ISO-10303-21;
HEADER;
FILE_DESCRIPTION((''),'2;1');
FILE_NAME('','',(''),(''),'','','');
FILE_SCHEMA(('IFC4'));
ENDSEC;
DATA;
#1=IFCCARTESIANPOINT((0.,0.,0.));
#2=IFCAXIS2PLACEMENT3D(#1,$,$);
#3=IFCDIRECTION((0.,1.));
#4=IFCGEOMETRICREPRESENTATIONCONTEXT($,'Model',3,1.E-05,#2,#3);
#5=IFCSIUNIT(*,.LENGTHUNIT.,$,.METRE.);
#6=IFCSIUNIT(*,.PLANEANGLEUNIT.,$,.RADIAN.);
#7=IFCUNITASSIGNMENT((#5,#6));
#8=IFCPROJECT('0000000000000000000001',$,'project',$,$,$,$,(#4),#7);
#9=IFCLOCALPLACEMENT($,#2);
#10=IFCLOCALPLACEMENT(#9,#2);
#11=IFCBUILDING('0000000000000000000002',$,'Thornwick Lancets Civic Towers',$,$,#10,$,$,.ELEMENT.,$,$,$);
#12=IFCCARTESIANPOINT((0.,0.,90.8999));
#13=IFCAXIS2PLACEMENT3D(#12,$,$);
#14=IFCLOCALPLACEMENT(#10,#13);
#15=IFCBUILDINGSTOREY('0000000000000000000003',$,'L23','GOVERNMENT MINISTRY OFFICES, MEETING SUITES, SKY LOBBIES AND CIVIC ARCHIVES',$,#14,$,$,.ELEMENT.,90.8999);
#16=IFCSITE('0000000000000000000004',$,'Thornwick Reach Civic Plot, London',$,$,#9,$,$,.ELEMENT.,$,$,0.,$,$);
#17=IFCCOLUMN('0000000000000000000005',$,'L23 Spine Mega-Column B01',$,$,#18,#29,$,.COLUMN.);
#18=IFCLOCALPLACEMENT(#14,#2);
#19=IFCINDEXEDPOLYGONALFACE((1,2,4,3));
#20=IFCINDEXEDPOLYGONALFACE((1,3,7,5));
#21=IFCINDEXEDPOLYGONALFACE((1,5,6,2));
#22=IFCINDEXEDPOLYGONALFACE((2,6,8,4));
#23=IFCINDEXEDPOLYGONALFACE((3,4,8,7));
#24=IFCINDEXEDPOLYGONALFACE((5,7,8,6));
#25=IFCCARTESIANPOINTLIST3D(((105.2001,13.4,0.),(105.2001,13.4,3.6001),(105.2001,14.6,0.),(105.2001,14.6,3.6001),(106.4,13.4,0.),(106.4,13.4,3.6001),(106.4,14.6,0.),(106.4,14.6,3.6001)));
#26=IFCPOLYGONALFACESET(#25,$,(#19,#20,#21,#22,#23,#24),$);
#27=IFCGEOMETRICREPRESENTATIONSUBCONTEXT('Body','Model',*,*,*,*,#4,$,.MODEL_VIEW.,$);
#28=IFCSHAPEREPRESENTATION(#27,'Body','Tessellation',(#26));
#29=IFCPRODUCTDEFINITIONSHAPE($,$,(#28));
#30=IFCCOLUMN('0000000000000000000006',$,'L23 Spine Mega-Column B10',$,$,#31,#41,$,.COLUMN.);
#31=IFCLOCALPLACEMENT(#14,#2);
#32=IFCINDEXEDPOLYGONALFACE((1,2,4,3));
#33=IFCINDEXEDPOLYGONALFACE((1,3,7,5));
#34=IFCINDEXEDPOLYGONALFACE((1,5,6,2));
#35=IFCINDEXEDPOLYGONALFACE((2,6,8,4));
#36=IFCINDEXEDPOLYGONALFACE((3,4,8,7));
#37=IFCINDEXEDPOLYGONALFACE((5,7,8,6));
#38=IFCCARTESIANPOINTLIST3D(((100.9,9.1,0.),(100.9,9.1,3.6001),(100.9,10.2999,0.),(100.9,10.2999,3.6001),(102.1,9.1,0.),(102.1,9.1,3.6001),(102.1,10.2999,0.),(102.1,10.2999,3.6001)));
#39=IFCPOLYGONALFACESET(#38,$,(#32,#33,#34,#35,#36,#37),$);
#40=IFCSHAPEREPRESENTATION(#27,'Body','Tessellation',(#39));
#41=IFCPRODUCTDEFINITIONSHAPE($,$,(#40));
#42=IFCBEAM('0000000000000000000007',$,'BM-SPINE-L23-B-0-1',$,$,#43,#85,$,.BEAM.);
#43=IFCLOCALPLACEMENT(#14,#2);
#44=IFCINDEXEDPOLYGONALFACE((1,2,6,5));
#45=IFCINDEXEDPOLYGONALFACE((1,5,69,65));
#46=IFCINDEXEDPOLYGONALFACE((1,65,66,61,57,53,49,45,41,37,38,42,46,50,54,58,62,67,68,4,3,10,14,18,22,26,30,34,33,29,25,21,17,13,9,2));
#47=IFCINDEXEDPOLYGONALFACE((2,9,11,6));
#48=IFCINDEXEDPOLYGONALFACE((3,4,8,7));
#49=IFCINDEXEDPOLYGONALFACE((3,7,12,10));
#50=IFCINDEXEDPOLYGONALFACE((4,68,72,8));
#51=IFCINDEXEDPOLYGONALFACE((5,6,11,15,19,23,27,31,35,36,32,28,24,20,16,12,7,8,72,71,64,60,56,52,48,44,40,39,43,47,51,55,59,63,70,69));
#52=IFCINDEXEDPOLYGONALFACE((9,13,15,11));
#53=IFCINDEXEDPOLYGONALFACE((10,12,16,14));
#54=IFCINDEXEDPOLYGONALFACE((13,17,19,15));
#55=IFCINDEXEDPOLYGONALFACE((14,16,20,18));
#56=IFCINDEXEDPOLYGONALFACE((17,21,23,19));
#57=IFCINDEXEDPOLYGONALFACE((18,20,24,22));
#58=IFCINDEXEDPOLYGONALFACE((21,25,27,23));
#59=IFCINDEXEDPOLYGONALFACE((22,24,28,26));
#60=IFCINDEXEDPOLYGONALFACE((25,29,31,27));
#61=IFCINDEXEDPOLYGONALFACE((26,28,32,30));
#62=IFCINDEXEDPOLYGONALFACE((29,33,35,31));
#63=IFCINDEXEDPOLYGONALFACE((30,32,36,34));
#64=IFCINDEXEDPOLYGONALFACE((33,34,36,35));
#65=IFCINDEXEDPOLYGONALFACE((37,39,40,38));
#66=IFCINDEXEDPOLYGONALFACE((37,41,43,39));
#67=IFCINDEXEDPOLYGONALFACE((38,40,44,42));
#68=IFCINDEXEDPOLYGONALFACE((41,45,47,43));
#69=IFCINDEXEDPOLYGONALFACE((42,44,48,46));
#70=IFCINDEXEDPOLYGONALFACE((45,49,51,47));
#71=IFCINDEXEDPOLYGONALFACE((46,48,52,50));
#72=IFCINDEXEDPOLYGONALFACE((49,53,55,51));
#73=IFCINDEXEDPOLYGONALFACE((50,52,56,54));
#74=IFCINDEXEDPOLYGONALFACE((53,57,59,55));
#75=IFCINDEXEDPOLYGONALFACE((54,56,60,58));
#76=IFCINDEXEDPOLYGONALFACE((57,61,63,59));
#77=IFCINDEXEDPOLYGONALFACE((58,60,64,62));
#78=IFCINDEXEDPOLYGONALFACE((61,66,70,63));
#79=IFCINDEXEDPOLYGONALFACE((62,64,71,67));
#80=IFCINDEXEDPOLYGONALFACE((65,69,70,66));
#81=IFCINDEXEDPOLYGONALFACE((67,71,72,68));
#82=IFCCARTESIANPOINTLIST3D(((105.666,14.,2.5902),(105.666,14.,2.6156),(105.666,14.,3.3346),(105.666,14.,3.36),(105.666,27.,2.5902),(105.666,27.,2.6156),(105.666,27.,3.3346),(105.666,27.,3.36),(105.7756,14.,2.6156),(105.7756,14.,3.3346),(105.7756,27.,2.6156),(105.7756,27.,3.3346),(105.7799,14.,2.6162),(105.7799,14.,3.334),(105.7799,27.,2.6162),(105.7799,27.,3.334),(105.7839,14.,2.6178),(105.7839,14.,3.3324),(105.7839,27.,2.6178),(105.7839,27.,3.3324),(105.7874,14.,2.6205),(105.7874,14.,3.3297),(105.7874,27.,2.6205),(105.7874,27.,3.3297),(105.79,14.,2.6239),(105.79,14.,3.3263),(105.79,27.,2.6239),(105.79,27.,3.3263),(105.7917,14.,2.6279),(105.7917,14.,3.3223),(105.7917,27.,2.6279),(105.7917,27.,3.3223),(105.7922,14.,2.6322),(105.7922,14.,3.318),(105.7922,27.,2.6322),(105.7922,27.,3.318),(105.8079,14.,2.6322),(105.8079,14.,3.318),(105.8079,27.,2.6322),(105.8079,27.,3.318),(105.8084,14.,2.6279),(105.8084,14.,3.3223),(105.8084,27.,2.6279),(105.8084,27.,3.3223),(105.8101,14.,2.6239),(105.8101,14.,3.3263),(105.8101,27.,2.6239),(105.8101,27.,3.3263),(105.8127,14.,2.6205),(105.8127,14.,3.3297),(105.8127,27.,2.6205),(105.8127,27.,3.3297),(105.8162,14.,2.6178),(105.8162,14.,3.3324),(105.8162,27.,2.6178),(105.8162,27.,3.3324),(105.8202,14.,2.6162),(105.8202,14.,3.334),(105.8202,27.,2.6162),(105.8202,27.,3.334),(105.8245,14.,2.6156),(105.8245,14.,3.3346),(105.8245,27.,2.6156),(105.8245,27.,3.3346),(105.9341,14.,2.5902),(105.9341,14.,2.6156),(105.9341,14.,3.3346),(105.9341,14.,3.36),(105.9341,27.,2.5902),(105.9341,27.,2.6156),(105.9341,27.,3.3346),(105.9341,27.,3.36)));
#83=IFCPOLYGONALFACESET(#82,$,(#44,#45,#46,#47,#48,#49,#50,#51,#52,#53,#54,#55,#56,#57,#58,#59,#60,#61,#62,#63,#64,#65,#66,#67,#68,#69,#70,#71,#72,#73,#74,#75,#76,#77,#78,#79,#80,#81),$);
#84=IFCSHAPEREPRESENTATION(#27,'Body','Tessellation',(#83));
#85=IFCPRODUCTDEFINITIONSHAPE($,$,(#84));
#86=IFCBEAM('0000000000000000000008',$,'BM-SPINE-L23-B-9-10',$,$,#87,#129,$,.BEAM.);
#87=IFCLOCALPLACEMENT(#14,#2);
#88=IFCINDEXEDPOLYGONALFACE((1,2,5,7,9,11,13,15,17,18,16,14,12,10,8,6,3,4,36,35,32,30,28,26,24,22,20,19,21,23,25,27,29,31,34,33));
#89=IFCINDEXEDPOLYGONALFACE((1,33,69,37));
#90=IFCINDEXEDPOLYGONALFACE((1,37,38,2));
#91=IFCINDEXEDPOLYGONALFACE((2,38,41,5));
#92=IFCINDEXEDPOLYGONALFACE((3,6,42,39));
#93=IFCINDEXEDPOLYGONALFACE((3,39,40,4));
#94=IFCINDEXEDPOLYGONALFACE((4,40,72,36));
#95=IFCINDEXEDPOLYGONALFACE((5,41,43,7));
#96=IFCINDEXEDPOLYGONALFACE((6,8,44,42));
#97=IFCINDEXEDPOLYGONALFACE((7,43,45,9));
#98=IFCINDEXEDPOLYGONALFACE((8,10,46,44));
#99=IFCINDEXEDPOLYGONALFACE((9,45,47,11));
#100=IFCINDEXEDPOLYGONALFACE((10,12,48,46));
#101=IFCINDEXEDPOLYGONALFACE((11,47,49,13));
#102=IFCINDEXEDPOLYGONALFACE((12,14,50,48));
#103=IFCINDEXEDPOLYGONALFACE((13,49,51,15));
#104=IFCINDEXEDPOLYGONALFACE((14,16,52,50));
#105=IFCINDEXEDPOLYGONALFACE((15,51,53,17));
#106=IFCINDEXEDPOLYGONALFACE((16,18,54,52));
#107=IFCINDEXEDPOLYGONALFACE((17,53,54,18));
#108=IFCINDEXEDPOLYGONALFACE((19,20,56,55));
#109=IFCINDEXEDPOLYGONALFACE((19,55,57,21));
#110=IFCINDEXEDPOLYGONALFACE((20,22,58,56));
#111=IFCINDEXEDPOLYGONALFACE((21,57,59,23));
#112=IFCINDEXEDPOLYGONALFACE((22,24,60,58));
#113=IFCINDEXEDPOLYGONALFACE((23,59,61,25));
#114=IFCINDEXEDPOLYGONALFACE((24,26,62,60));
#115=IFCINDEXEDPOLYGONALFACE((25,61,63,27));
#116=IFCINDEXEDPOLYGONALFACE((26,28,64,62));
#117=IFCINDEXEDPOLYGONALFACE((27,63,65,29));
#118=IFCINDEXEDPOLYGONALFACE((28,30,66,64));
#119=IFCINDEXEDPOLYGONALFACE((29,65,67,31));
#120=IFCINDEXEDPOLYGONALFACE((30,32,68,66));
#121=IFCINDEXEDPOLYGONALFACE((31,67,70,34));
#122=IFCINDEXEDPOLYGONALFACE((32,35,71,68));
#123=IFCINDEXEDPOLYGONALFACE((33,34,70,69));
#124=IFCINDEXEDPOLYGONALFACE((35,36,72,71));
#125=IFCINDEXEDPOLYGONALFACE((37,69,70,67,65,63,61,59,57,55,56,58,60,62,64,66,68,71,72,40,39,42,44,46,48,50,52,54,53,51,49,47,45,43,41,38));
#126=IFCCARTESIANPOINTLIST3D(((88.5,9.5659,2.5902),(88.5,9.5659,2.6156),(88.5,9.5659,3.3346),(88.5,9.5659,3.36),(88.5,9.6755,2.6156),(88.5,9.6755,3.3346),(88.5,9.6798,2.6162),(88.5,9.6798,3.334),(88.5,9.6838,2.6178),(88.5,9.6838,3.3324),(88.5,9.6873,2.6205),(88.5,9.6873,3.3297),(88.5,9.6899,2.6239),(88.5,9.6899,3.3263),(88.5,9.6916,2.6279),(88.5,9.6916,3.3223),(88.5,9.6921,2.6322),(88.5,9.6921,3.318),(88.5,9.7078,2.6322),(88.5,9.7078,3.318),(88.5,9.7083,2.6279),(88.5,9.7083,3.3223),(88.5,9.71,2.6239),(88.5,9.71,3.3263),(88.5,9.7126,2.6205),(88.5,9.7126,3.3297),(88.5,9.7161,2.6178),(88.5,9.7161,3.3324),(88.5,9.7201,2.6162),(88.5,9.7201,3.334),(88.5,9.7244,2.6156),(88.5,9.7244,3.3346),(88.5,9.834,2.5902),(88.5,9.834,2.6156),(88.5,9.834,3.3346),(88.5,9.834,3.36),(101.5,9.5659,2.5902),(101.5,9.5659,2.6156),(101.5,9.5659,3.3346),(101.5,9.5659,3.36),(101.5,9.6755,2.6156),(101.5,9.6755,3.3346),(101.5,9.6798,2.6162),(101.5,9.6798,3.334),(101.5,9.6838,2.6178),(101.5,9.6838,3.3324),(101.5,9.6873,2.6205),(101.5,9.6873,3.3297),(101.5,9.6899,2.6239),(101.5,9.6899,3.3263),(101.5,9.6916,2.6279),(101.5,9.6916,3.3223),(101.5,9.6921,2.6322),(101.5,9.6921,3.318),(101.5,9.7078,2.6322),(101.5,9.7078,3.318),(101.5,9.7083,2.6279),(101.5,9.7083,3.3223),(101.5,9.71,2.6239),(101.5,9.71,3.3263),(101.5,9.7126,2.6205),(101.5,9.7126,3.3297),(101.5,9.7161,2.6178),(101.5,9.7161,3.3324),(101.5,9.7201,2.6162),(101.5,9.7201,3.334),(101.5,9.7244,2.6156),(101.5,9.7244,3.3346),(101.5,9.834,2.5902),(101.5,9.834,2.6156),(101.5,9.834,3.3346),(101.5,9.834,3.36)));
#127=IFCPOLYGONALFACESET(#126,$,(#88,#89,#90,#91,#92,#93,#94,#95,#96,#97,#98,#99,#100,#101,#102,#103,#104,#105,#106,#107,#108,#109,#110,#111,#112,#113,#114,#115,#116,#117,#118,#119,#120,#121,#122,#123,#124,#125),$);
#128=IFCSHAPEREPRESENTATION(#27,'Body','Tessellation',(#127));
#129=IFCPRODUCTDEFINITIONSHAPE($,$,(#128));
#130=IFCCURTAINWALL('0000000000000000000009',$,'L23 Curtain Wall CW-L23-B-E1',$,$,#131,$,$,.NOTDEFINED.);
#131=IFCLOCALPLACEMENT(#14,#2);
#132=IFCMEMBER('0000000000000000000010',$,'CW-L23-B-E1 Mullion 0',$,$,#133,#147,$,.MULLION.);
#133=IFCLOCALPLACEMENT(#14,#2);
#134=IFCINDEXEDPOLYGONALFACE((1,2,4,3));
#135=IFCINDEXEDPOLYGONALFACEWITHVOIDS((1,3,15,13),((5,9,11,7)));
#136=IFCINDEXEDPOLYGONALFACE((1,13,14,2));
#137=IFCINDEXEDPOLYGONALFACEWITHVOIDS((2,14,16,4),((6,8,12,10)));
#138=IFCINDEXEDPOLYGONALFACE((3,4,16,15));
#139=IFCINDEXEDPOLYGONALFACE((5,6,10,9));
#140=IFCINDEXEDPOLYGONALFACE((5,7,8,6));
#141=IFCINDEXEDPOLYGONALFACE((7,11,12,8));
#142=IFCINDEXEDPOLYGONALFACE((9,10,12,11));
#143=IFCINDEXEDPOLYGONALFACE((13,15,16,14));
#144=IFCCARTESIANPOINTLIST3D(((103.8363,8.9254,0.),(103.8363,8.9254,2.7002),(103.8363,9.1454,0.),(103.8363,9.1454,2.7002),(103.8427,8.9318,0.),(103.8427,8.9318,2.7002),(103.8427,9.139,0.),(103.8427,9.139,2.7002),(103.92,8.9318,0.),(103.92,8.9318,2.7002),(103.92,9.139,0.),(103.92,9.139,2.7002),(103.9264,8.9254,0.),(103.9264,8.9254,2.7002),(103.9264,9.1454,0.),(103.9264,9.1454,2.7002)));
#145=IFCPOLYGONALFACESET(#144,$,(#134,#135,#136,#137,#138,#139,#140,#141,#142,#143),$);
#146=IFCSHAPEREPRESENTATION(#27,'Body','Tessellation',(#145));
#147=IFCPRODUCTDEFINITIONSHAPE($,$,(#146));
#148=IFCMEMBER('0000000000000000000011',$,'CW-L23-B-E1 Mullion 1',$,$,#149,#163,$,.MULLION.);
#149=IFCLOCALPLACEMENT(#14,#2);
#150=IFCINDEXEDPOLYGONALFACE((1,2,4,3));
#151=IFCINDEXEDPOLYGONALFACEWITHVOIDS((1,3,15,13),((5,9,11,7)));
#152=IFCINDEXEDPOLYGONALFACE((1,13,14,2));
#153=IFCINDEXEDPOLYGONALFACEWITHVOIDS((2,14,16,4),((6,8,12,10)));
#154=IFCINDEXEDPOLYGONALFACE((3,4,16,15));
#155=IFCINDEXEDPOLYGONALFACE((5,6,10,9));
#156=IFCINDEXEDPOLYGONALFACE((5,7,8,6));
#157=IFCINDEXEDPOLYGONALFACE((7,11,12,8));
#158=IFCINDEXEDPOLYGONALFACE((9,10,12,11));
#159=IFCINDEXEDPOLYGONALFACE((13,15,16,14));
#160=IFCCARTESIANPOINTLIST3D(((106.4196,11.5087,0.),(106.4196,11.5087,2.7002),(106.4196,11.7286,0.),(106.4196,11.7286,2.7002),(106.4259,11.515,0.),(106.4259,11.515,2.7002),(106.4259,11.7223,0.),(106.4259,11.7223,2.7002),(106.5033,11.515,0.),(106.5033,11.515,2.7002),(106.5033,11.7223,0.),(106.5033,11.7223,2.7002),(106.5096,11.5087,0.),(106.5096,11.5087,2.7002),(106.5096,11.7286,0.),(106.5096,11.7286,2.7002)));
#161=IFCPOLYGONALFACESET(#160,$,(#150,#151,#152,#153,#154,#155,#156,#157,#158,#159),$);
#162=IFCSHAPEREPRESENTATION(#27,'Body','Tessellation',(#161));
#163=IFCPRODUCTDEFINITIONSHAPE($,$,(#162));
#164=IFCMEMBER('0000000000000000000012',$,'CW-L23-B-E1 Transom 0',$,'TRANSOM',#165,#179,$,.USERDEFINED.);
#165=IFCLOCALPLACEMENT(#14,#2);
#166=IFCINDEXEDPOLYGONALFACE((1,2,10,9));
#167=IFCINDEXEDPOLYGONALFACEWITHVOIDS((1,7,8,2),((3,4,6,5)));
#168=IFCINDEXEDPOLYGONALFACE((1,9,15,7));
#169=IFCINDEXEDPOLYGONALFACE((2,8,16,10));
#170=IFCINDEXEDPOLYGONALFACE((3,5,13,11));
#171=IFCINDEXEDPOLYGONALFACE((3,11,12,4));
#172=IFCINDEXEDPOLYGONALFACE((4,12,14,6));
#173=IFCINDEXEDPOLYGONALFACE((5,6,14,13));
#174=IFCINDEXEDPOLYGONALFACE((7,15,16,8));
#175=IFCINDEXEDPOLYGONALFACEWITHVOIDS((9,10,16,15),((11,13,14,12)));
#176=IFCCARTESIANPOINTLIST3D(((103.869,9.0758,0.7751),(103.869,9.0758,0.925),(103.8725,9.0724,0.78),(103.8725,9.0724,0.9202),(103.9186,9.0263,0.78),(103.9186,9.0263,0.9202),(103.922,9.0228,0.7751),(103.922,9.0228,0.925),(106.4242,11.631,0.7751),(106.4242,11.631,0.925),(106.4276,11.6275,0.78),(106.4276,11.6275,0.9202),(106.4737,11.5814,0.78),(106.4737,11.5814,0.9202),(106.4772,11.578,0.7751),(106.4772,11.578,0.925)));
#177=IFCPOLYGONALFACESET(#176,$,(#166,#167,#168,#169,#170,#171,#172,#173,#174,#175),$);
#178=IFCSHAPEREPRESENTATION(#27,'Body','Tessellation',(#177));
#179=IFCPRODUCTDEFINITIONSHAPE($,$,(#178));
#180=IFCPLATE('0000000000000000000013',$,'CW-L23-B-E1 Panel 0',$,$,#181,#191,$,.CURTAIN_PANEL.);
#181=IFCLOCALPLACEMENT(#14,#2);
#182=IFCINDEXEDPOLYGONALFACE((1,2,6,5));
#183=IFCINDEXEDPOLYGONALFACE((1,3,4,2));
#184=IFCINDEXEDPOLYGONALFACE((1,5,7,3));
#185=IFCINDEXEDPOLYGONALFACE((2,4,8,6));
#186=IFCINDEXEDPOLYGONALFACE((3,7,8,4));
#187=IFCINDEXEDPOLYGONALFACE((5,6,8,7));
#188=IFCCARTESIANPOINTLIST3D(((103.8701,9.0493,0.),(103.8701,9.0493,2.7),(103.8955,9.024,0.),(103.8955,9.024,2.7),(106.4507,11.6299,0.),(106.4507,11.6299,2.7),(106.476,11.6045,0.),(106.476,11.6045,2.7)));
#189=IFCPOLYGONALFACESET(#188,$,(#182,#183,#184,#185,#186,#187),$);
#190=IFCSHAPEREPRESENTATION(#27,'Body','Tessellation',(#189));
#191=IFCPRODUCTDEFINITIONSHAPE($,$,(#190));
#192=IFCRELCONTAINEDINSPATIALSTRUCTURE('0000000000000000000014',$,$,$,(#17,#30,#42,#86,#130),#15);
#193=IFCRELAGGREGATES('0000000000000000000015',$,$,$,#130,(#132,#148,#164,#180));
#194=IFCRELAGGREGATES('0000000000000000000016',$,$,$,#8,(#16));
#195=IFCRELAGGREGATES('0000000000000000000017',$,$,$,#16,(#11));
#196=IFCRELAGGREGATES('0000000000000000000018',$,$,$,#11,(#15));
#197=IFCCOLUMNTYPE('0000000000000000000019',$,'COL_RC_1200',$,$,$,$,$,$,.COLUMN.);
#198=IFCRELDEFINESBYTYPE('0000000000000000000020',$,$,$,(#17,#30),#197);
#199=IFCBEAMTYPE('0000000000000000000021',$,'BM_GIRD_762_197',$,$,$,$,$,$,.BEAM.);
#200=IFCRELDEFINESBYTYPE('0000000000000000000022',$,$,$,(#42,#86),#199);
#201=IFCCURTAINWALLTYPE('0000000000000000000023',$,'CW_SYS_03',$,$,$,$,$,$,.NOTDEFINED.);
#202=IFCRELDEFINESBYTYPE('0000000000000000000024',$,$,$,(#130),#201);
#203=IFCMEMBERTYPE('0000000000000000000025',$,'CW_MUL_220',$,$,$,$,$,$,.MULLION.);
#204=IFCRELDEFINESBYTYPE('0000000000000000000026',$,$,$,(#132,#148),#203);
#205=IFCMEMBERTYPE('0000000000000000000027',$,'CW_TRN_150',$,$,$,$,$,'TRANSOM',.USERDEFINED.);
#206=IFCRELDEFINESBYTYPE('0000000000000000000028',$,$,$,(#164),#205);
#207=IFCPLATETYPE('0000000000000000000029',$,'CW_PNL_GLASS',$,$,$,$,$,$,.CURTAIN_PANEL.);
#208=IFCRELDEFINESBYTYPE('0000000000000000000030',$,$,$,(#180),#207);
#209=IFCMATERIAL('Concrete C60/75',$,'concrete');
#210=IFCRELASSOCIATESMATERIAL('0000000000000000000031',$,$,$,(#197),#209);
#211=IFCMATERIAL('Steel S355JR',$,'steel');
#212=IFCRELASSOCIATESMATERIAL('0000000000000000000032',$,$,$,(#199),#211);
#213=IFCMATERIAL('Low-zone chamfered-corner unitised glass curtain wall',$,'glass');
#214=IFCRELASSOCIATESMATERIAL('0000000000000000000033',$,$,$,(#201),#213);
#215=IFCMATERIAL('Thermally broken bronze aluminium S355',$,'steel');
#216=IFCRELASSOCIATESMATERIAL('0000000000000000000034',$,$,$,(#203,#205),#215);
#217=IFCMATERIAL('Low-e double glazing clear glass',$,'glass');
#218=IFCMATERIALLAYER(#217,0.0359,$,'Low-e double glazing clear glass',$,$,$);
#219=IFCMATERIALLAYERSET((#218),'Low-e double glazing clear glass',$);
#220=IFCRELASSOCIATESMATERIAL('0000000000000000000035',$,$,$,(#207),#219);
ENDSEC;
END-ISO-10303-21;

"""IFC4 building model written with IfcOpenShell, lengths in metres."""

from ifc_helpers import new_model, si_unit, direction, frame, origin, origin_2d, place, context, subcontext, project, spatial, rectangle, hollow_rectangle, i_section, extrude, material, layer, layer_set, material_profile, profile_set, type_object, element, aggregate, save


model = new_model("IFC4")

# Units and contexts
model_context = context("Model", 3, precision=1e-05, world=origin(), true_north=direction((0.0, 1.0)))
body_context = subcontext(model_context, "Body", "Model", "MODEL_VIEW")
ifc_project = project(units=[si_unit("LENGTHUNIT", "METRE"), si_unit("PLANEANGLEUNIT", "RADIAN")], contexts=[model_context])

# Site, building, storey
site_placement = place(None, origin())
site = spatial("IfcSite", under=ifc_project, at=site_placement, Name="Thornwick Reach Civic Plot, London", CompositionType="ELEMENT", RefElevation=0.0)
building_placement = place(site_placement, origin())
building = spatial("IfcBuilding", under=site, at=building_placement, Name="Thornwick Lancets Civic Towers", CompositionType="ELEMENT")
storey_placement = place(building_placement, frame((0.0, 0.0, 90.8999)))
storey = spatial("IfcBuildingStorey", under=building, at=storey_placement, Name="L23", Description="GOVERNMENT MINISTRY OFFICES, MEETING SUITES, SKY LOBBIES AND CIVIC ARCHIVES", CompositionType="ELEMENT", Elevation=90.8999)

# Columns
ifc_material_1 = material(Name="Concrete C60/75", Category="concrete")
ifc_material_profile_1 = material_profile(ifc_material_1, rectangle(XDim=1.2, YDim=1.2, at=origin_2d()), Name="RC 1200x1200")
ifc_profile_set_1 = profile_set([ifc_material_profile_1], Name="Concrete C60/75")
column_type = type_object("IfcColumnType", Name="COL_RC_1200", PredefinedType="COLUMN", material=ifc_profile_set_1)
for number, where, z_axis, x_axis, name in (
    (1, (105.8, 14.0, 0.0), (0.0, 0.0, 1.0), (1.0, 0.0, 0.0), "L23 Spine Mega-Column B01"),
    (2, (101.5, 9.7, 0.0), (0.0, 0.0, 1.0), (1.0, 0.0, 0.0), "L23 Spine Mega-Column B10"),
):
    element("IfcColumn", number, at=place(storey_placement, frame(where, z_axis=z_axis, x_axis=x_axis)), inside=storey, type_object=column_type, Name=name, PredefinedType="COLUMN", context=body_context, shape_type="SweptSolid", body=[
        extrude(rectangle(XDim=1.2, YDim=1.2, at=origin_2d()), origin(), (0.0, 0.0, 1.0), 3.6001),
    ])

# Beams
ifc_material_2 = material(Name="Steel S355JR", Category="steel")
ifc_material_profile_2 = material_profile(ifc_material_2, i_section(OverallWidth=0.2681, OverallDepth=0.7698, WebThickness=0.0156, FlangeThickness=0.0254, FilletRadius=0.0166, at=origin_2d()), Name="UKB 762x267x197")
ifc_profile_set_2 = profile_set([ifc_material_profile_2], Name="Steel S355JR")
beam_type = type_object("IfcBeamType", Name="BM_GIRD_762_197", PredefinedType="BEAM", material=ifc_profile_set_2)
for number, where, z_axis, x_axis, name in (
    (3, (105.8, 14.0, 2.9751), (0.0, 1.0, 0.0), (-1.0, 0.0, 0.0), "BM-SPINE-L23-B-0-1"),
    (4, (101.5, 9.7, 2.9751), (-1.0, 0.0, 0.0), (0.0, -1.0, 0.0), "BM-SPINE-L23-B-9-10"),
):
    element("IfcBeam", number, at=place(storey_placement, frame(where, z_axis=z_axis, x_axis=x_axis)), inside=storey, type_object=beam_type, Name=name, PredefinedType="BEAM", context=body_context, shape_type="SweptSolid", body=[
        extrude(i_section(OverallWidth=0.2681, OverallDepth=0.7698, WebThickness=0.0156, FlangeThickness=0.0254, FilletRadius=0.0166, at=origin_2d()), origin(), (0.0, 0.0, 1.0), 13.0),
    ])

# Curtain wall, members, plate
ifc_material_3 = material(Name="Low-zone chamfered-corner unitised glass curtain wall", Category="glass")
curtain_wall_type = type_object("IfcCurtainWallType", Name="CW_SYS_03", PredefinedType="NOTDEFINED", material=ifc_material_3)
curtain_wall_placement = place(storey_placement, origin())
curtain_wall = element("IfcCurtainWall", 5, at=curtain_wall_placement, inside=storey, type_object=curtain_wall_type, Name="L23 Curtain Wall CW-L23-B-E1", PredefinedType="NOTDEFINED")
ifc_material_4 = material(Name="Thermally broken bronze aluminium S355", Category="steel")
ifc_material_profile_3 = material_profile(ifc_material_4, hollow_rectangle(XDim=0.0901, YDim=0.22, WallThickness=0.0063, at=origin_2d()), Name="RHS 220x90x6.3")
ifc_profile_set_3 = profile_set([ifc_material_profile_3], Name="Thermally broken bronze aluminium S355")
member_type_1 = type_object("IfcMemberType", Name="CW_MUL_220", PredefinedType="MULLION", material=ifc_profile_set_3)
member_1_placement = place(storey_placement, frame((103.8813, 9.0354, 0.0), z_axis=(0.0, 0.0, 1.0), x_axis=(1.0, 0.0, 0.0)))
member_1 = element("IfcMember", 6, at=member_1_placement, type_object=member_type_1, Name="CW-L23-B-E1 Mullion 0", PredefinedType="MULLION", context=body_context, shape_type="SweptSolid", body=[
    extrude(hollow_rectangle(XDim=0.0901, YDim=0.22, WallThickness=0.0063, at=origin_2d()), origin(), (0.0, 0.0, 1.0), 2.7002),
])
member_2_placement = place(storey_placement, frame((106.4646, 11.6187, 0.0), z_axis=(0.0, 0.0, 1.0), x_axis=(1.0, 0.0, 0.0)))
member_2 = element("IfcMember", 7, at=member_2_placement, type_object=member_type_1, Name="CW-L23-B-E1 Mullion 1", PredefinedType="MULLION", context=body_context, shape_type="SweptSolid", body=[
    extrude(hollow_rectangle(XDim=0.0901, YDim=0.22, WallThickness=0.0063, at=origin_2d()), origin(), (0.0, 0.0, 1.0), 2.7002),
])
ifc_material_profile_4 = material_profile(ifc_material_4, hollow_rectangle(XDim=0.075, YDim=0.1499, WallThickness=0.0049, at=origin_2d()), Name="RHS 150x75x5")
ifc_profile_set_4 = profile_set([ifc_material_profile_4], Name="Thermally broken bronze aluminium S355")
member_type_2 = type_object("IfcMemberType", Name="CW_TRN_150", ElementType="TRANSOM", PredefinedType="USERDEFINED", material=ifc_profile_set_4)
member_3_placement = place(storey_placement, frame((103.8955, 9.0493, 0.8501), z_axis=(0.707107, 0.707107, 0.0), x_axis=(-0.707107, 0.707107, 0.0)))
member_3 = element("IfcMember", 8, at=member_3_placement, type_object=member_type_2, Name="CW-L23-B-E1 Transom 0", ObjectType="TRANSOM", PredefinedType="USERDEFINED", context=body_context, shape_type="SweptSolid", body=[
    extrude(hollow_rectangle(XDim=0.075, YDim=0.1499, WallThickness=0.0049, at=origin_2d()), origin(), (0.0, 0.0, 1.0), 3.6135),
])
ifc_material_5 = material(Name="Low-e double glazing clear glass", Category="glass")
ifc_layer_1 = layer(ifc_material_5, 0.0359, Name="Low-e double glazing clear glass")
ifc_layer_set_1 = layer_set([ifc_layer_1], Name="Low-e double glazing clear glass")
plate_type = type_object("IfcPlateType", Name="CW_PNL_GLASS", PredefinedType="CURTAIN_PANEL", material=ifc_layer_set_1)
plate_placement = place(storey_placement, frame((105.1731, 10.3269, 0.0), z_axis=(0.0, 0.0, 1.0), x_axis=(0.707107, 0.707107, 0.0)))
plate = element("IfcPlate", 9, at=plate_placement, type_object=plate_type, Name="CW-L23-B-E1 Panel 0", PredefinedType="CURTAIN_PANEL", context=body_context, shape_type="SweptSolid", body=[
    extrude(rectangle(XDim=3.6494, YDim=0.0359, at=origin_2d()), origin(), (0.0, 0.0, 1.0), 2.7),
])
aggregate(curtain_wall, [member_1, member_2, member_3, plate])

save(model, "model.ifc")
